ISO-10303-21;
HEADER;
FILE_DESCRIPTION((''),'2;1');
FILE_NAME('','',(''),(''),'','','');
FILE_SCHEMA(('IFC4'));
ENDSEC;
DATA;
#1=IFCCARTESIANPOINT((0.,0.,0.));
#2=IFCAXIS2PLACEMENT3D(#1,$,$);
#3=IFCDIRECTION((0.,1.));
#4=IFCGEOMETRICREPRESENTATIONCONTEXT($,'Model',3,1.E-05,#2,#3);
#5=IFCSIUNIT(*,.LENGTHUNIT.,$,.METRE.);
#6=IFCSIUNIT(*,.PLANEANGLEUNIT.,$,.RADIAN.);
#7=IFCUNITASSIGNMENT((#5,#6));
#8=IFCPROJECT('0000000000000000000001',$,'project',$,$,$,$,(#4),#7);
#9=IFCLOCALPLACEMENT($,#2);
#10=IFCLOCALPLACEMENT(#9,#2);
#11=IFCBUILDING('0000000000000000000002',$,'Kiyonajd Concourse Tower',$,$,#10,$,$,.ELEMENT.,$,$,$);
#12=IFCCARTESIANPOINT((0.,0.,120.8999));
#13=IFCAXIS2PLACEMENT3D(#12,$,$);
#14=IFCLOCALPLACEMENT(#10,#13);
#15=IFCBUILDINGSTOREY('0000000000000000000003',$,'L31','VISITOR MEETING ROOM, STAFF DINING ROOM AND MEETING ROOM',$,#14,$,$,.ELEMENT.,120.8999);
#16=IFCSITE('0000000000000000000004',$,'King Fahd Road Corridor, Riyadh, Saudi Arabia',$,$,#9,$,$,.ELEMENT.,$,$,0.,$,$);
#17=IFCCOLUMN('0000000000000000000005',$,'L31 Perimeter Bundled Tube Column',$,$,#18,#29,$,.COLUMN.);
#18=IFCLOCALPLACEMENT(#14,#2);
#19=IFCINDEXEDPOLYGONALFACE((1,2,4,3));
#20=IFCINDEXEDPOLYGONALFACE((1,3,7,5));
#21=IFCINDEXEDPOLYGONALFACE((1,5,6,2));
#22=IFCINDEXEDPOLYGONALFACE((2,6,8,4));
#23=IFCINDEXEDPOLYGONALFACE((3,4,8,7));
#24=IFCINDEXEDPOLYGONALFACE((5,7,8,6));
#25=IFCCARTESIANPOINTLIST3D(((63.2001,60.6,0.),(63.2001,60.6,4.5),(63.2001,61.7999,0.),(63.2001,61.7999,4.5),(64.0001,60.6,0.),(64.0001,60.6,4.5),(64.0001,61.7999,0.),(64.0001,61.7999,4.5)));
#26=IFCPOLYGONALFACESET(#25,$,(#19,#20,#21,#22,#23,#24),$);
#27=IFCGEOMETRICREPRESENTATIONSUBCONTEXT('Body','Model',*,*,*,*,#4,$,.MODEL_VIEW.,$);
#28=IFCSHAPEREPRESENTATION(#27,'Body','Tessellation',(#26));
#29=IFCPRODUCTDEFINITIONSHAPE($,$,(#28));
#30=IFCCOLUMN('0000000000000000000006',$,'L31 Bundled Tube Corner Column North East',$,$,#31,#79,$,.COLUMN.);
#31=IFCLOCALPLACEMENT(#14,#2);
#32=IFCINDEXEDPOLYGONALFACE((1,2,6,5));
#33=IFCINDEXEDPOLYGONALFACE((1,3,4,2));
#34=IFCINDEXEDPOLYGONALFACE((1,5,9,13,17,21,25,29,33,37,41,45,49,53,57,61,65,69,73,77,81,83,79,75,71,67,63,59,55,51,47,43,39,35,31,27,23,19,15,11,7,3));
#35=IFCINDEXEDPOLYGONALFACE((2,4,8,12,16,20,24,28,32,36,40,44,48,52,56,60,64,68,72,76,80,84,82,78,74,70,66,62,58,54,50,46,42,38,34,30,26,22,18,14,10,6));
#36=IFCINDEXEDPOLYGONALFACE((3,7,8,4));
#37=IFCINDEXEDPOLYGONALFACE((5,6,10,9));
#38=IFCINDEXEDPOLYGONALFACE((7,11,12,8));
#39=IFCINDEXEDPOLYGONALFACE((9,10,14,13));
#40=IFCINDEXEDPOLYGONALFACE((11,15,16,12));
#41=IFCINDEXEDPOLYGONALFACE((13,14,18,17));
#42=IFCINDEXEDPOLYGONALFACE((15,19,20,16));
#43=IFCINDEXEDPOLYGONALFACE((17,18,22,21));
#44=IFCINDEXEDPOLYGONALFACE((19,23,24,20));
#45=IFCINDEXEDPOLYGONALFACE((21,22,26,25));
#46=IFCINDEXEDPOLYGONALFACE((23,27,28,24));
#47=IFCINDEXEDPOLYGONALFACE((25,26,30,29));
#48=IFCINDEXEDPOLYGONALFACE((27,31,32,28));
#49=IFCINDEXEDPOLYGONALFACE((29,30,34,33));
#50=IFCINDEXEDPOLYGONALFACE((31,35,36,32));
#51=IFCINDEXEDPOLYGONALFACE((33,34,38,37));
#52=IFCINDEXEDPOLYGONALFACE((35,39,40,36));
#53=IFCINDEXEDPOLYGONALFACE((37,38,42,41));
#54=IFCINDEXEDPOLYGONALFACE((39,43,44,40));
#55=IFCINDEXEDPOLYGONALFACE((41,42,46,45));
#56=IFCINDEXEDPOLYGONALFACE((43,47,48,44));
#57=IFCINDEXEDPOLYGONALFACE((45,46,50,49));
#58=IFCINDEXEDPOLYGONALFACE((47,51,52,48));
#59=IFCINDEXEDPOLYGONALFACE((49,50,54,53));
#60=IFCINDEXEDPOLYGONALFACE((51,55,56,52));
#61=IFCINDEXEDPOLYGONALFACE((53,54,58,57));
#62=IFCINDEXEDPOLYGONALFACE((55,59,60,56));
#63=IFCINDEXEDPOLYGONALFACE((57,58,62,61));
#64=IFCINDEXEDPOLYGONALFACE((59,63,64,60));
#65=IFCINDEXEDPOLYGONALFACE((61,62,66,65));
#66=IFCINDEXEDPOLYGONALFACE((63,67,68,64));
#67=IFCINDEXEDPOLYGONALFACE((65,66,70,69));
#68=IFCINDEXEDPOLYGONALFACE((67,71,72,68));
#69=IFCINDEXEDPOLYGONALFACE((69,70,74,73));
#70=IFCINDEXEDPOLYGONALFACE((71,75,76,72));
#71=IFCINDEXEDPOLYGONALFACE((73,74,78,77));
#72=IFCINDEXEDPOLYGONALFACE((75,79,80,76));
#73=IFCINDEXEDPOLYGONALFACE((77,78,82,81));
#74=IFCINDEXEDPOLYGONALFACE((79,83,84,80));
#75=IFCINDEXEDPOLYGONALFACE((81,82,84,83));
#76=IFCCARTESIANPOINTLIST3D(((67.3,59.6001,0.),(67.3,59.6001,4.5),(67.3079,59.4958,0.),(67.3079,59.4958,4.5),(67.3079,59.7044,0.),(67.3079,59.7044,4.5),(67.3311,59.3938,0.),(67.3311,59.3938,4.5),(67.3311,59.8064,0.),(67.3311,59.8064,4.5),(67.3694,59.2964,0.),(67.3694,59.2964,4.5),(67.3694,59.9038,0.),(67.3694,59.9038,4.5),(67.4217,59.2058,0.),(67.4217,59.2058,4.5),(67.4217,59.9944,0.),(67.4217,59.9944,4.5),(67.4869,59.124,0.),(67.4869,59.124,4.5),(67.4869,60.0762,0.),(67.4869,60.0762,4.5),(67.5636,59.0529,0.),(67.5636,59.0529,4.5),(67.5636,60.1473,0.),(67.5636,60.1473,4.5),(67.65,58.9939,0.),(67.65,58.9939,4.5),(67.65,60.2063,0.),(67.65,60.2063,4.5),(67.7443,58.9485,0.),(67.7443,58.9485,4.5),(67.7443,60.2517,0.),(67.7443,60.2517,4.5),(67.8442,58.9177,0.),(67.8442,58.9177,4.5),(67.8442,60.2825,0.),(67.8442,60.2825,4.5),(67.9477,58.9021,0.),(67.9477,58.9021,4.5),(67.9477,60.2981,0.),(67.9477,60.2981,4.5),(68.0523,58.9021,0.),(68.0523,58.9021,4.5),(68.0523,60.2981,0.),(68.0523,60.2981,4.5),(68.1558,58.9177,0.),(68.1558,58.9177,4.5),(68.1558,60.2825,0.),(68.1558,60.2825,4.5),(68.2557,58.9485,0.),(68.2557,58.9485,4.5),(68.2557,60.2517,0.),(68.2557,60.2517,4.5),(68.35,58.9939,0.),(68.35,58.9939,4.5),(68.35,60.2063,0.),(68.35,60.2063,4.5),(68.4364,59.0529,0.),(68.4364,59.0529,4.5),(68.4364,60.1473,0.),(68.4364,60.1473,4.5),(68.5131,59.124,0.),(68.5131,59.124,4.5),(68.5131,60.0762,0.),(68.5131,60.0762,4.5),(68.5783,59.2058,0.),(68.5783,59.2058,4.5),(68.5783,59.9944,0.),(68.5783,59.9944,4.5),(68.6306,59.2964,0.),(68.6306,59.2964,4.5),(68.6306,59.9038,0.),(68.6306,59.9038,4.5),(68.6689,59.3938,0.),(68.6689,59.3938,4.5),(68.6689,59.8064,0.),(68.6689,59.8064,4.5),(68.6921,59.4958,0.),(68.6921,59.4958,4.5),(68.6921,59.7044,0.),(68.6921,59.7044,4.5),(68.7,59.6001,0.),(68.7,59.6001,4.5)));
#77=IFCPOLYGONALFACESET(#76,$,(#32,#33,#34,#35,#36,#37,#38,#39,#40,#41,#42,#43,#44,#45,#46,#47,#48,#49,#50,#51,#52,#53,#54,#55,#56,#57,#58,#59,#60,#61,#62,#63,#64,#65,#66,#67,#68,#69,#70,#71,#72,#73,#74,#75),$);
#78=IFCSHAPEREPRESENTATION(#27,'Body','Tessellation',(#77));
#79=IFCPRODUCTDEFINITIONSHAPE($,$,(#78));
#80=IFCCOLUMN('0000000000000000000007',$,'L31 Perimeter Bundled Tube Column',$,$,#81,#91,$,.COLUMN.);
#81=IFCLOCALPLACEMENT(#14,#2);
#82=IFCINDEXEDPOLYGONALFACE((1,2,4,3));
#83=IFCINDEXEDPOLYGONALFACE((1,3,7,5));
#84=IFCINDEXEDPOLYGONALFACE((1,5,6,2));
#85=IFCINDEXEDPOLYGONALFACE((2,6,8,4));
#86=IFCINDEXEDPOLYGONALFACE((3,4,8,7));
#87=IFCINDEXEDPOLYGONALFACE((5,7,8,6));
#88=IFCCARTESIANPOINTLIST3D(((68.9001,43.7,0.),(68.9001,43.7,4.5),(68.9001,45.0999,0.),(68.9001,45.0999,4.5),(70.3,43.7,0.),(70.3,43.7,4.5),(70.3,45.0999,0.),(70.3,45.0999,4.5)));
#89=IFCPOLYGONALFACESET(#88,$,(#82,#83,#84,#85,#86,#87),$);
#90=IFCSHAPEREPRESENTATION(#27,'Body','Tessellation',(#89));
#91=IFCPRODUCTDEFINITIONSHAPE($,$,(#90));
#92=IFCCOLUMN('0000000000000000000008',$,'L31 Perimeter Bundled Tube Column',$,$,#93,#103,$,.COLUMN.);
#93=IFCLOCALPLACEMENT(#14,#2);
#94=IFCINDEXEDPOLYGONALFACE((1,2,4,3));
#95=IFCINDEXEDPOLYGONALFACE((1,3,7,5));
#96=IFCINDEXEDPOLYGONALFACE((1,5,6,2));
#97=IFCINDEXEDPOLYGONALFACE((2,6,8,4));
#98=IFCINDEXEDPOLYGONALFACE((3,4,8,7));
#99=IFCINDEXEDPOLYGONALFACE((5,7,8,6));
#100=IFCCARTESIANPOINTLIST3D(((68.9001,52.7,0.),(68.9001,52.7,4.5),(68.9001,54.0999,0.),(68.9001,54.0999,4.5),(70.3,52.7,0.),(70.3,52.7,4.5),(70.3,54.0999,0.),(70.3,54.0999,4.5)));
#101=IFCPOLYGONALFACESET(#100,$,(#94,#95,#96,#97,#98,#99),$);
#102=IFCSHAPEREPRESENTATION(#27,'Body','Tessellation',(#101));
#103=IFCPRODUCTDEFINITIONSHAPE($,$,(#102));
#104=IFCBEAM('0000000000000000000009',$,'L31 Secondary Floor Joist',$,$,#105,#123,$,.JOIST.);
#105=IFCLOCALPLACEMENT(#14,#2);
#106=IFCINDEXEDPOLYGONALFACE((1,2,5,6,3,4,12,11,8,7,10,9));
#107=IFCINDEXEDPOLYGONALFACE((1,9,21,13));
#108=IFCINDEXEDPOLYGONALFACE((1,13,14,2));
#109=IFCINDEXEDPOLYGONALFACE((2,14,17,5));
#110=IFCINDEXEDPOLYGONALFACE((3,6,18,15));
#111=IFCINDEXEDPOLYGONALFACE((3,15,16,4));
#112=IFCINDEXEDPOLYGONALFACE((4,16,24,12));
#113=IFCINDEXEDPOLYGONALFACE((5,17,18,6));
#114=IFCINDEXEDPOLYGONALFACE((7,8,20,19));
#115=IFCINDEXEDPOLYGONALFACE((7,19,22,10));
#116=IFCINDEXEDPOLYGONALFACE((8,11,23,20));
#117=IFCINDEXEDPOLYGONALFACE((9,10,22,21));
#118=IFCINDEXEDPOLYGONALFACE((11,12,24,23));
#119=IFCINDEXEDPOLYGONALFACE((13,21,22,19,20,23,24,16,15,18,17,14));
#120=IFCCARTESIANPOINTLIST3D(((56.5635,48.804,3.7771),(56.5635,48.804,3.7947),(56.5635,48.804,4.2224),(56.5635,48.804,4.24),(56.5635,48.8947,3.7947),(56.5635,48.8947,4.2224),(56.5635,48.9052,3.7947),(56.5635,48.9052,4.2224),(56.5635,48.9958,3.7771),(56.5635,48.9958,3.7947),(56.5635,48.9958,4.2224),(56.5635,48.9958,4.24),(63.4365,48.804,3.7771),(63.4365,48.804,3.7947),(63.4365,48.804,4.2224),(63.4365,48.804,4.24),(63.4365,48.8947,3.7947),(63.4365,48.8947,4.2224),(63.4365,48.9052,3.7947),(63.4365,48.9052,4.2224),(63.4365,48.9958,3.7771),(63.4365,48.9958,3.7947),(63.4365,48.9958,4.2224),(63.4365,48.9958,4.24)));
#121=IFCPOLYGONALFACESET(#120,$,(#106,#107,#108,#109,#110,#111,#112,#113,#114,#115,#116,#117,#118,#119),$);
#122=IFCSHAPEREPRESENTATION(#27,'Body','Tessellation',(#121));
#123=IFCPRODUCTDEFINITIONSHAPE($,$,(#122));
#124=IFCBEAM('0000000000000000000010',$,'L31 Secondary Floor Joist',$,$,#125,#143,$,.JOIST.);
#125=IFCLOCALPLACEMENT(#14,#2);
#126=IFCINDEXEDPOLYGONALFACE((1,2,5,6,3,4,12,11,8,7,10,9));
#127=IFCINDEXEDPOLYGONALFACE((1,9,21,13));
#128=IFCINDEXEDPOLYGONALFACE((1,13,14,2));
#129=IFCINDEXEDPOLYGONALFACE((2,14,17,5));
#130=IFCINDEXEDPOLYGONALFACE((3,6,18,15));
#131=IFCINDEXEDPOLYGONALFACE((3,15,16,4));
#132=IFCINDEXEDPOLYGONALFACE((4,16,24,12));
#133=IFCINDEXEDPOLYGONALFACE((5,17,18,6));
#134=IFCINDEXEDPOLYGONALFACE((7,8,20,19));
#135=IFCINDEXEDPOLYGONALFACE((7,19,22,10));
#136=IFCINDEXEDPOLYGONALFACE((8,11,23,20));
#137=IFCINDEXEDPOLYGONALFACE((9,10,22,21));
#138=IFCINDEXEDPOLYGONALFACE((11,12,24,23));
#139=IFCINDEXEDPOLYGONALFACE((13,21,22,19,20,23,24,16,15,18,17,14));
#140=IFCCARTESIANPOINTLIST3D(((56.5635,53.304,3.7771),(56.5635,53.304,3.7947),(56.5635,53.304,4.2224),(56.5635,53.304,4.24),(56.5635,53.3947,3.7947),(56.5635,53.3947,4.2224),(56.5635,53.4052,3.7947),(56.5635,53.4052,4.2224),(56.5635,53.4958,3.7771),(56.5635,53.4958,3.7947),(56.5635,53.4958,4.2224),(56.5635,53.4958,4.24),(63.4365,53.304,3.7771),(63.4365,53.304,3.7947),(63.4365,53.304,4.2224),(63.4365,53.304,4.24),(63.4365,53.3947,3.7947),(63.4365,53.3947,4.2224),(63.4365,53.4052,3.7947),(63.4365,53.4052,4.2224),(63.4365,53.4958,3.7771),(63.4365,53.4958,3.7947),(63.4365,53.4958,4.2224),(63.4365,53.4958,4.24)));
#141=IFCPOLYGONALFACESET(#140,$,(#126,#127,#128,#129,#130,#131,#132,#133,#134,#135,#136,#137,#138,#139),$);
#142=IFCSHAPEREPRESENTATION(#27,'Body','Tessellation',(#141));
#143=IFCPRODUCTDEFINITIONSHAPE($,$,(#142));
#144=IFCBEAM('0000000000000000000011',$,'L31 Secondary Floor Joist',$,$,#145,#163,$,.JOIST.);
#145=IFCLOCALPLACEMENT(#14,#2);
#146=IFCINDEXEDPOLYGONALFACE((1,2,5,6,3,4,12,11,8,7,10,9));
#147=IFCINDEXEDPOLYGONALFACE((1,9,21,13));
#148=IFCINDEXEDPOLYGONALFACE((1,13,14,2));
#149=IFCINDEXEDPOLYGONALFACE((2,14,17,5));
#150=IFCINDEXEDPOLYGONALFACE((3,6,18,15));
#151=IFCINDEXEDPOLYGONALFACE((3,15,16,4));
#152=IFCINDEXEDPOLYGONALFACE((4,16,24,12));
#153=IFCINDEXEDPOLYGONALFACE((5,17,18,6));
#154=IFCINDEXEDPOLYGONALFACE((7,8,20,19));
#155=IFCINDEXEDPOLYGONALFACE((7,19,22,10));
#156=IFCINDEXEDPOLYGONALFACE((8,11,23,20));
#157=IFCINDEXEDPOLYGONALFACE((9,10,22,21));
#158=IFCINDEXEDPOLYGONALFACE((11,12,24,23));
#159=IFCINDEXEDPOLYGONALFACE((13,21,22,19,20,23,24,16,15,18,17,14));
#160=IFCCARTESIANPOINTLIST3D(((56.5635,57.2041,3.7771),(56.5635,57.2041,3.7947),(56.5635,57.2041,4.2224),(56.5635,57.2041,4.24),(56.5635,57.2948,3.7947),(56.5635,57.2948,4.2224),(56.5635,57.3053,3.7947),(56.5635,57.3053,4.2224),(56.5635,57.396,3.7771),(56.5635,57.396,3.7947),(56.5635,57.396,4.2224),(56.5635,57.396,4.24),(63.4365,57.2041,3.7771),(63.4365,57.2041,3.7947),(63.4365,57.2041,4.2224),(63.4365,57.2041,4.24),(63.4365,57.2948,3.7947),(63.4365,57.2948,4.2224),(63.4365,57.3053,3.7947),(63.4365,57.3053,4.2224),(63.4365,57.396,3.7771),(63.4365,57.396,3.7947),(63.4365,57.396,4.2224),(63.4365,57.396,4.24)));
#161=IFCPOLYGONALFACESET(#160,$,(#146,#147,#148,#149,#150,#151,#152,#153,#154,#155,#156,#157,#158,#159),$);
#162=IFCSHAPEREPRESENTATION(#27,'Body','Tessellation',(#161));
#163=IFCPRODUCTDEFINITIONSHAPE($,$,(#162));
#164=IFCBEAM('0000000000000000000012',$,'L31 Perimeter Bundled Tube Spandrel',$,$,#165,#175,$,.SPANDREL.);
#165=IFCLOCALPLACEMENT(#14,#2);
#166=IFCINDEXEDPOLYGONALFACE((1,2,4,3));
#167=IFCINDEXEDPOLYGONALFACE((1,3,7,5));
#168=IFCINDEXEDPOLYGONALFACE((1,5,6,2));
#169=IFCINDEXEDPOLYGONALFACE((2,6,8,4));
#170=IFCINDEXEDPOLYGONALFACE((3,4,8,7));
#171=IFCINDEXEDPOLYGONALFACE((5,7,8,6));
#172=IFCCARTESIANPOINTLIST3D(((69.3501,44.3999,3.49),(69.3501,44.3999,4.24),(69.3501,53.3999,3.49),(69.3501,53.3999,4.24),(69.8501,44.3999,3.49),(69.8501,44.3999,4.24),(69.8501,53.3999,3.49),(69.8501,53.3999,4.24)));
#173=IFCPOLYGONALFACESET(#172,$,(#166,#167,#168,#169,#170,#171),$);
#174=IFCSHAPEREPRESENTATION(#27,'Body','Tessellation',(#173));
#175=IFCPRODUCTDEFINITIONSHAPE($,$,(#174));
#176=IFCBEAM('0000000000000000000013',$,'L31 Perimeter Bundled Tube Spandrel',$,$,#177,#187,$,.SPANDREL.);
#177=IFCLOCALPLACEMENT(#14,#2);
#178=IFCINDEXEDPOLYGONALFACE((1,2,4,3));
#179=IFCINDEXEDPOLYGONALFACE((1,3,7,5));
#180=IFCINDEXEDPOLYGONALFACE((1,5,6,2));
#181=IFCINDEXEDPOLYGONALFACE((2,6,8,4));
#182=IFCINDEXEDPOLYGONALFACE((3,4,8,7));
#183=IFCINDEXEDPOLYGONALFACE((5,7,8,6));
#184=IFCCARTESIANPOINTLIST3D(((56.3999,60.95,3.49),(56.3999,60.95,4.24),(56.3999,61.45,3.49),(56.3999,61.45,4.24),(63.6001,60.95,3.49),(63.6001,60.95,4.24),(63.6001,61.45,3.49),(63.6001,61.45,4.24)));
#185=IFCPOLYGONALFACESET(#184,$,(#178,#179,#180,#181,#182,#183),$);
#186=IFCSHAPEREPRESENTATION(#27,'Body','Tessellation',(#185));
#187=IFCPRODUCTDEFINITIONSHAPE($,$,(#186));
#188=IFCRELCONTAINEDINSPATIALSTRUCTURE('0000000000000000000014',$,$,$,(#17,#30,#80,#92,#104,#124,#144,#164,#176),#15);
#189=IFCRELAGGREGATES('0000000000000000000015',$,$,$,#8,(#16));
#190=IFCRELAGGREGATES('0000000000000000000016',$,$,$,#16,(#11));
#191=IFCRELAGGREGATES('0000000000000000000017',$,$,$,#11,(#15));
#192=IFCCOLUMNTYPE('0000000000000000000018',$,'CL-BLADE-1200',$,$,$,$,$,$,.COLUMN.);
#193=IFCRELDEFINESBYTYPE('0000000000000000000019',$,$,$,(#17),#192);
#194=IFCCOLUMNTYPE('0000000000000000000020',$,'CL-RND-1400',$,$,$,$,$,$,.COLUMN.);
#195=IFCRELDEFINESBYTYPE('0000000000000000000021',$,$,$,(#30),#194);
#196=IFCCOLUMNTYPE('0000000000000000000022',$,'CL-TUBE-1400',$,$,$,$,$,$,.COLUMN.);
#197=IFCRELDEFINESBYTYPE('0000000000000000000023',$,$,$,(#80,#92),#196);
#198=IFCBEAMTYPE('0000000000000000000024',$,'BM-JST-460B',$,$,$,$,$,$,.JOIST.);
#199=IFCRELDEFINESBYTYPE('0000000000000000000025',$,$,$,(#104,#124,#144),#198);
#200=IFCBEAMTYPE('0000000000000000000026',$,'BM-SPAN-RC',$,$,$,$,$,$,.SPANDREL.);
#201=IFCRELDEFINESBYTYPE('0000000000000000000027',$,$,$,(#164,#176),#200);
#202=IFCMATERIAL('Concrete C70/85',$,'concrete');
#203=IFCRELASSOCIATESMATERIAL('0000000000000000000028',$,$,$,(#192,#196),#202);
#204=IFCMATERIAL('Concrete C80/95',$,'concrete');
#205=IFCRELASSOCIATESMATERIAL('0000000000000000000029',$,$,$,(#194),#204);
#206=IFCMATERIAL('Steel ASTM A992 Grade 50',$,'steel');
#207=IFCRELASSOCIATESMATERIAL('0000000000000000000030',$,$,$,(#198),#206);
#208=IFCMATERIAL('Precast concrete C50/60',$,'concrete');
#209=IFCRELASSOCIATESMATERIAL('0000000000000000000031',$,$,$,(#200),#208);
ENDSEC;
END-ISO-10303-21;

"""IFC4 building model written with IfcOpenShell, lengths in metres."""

from ifc_helpers import new_model, si_unit, direction, frame, origin, origin_2d, place, context, subcontext, project, spatial, rectangle, circle, i_section, extrude, material, material_profile, profile_set, type_object, element, save


model = new_model("IFC4")

# Units and contexts
model_context = context("Model", 3, precision=1e-05, world=origin(), true_north=direction((0.0, 1.0)))
body_context = subcontext(model_context, "Body", "Model", "MODEL_VIEW")
ifc_project = project(units=[si_unit("LENGTHUNIT", "METRE"), si_unit("PLANEANGLEUNIT", "RADIAN")], contexts=[model_context])

# Site, building, storey
site_placement = place(None, origin())
site = spatial("IfcSite", under=ifc_project, at=site_placement, Name="King Fahd Road Corridor, Riyadh, Saudi Arabia", CompositionType="ELEMENT", RefElevation=0.0)
building_placement = place(site_placement, origin())
building = spatial("IfcBuilding", under=site, at=building_placement, Name="Kiyonajd Concourse Tower", CompositionType="ELEMENT")
storey_placement = place(building_placement, frame((0.0, 0.0, 120.8999)))
storey = spatial("IfcBuildingStorey", under=building, at=storey_placement, Name="L31", Description="VISITOR MEETING ROOM, STAFF DINING ROOM AND MEETING ROOM", CompositionType="ELEMENT", Elevation=120.8999)

# Columns
ifc_material_1 = material(Name="Concrete C70/85", Category="concrete")
ifc_material_profile_1 = material_profile(ifc_material_1, rectangle(XDim=0.8, YDim=1.2, at=origin_2d()), Name="RC-1200x800")
ifc_profile_set_1 = profile_set([ifc_material_profile_1], Name="Concrete C70/85")
column_type_1 = type_object("IfcColumnType", Name="CL-BLADE-1200", PredefinedType="COLUMN", material=ifc_profile_set_1)
column_1_placement = place(storey_placement, frame((63.6001, 61.2, 0.0), z_axis=(0.0, 0.0, 1.0), x_axis=(1.0, 0.0, 0.0)))
element("IfcColumn", 1, at=column_1_placement, inside=storey, type_object=column_type_1, Name="L31 Perimeter Bundled Tube Column", PredefinedType="COLUMN", context=body_context, shape_type="SweptSolid", body=[
    extrude(rectangle(XDim=0.8, YDim=1.2, at=origin_2d()), origin(), (0.0, 0.0, 1.0), 4.5),
])
ifc_material_2 = material(Name="Concrete C80/95", Category="concrete")
ifc_material_profile_2 = material_profile(ifc_material_2, circle(Radius=0.7, at=origin_2d()), Name="RCC-D1400")
ifc_profile_set_2 = profile_set([ifc_material_profile_2], Name="Concrete C80/95")
column_type_2 = type_object("IfcColumnType", Name="CL-RND-1400", PredefinedType="COLUMN", material=ifc_profile_set_2)
column_2_placement = place(storey_placement, frame((68.0, 59.6001, 0.0), z_axis=(0.0, 0.0, 1.0), x_axis=(1.0, 0.0, 0.0)))
element("IfcColumn", 2, at=column_2_placement, inside=storey, type_object=column_type_2, Name="L31 Bundled Tube Corner Column North East", PredefinedType="COLUMN", context=body_context, shape_type="SweptSolid", body=[
    extrude(circle(Radius=0.7, at=origin_2d()), origin(), (0.0, 0.0, 1.0), 4.5),
])
ifc_material_profile_3 = material_profile(ifc_material_1, rectangle(XDim=1.3999, YDim=1.3999, at=origin_2d()), Name="RC-1400x1400")
ifc_profile_set_3 = profile_set([ifc_material_profile_3], Name="Concrete C70/85")
column_type_3 = type_object("IfcColumnType", Name="CL-TUBE-1400", PredefinedType="COLUMN", material=ifc_profile_set_3)
for number, where, z_axis, x_axis, name in (
    (3, (69.6001, 44.3999, 0.0), (0.0, 0.0, 1.0), (1.0, 0.0, 0.0), "L31 Perimeter Bundled Tube Column"),
    (4, (69.6001, 53.3999, 0.0), (0.0, 0.0, 1.0), (1.0, 0.0, 0.0), "L31 Perimeter Bundled Tube Column"),
):
    element("IfcColumn", number, at=place(storey_placement, frame(where, z_axis=z_axis, x_axis=x_axis)), inside=storey, type_object=column_type_3, Name=name, PredefinedType="COLUMN", context=body_context, shape_type="SweptSolid", body=[
        extrude(rectangle(XDim=1.3999, YDim=1.3999, at=origin_2d()), origin(), (0.0, 0.0, 1.0), 4.5),
    ])

# Beams
ifc_material_3 = material(Name="Steel ASTM A992 Grade 50", Category="steel")
ifc_material_profile_4 = material_profile(ifc_material_3, i_section(OverallWidth=0.1919, OverallDepth=0.4629, WebThickness=0.0105, FlangeThickness=0.0176, at=origin_2d()), Name="W460X89")
ifc_profile_set_4 = profile_set([ifc_material_profile_4], Name="Steel ASTM A992 Grade 50")
beam_type_1 = type_object("IfcBeamType", Name="BM-JST-460B", PredefinedType="JOIST", material=ifc_profile_set_4)
for number, where, z_axis, x_axis, name in (
    (5, (56.5635, 48.8999, 4.0085), (1.0, 0.0, 0.0), (0.0, 1.0, 0.0), "L31 Secondary Floor Joist"),
    (6, (56.5635, 53.3999, 4.0085), (1.0, 0.0, 0.0), (0.0, 1.0, 0.0), "L31 Secondary Floor Joist"),
    (7, (56.5635, 57.3, 4.0085), (1.0, 0.0, 0.0), (0.0, 1.0, 0.0), "L31 Secondary Floor Joist"),
):
    element("IfcBeam", number, at=place(storey_placement, frame(where, z_axis=z_axis, x_axis=x_axis)), inside=storey, type_object=beam_type_1, Name=name, PredefinedType="JOIST", context=body_context, shape_type="SweptSolid", body=[
        extrude(i_section(OverallWidth=0.1919, OverallDepth=0.4629, WebThickness=0.0105, FlangeThickness=0.0176, at=origin_2d()), origin(), (0.0, 0.0, 1.0), 6.873),
    ])
ifc_material_4 = material(Name="Precast concrete C50/60", Category="concrete")
ifc_material_profile_5 = material_profile(ifc_material_4, rectangle(XDim=0.5, YDim=0.75, at=origin_2d()), Name="RCBM-500x750")
ifc_profile_set_5 = profile_set([ifc_material_profile_5], Name="Precast concrete C50/60")
beam_type_2 = type_object("IfcBeamType", Name="BM-SPAN-RC", PredefinedType="SPANDREL", material=ifc_profile_set_5)
beam_1_placement = place(storey_placement, frame((69.6001, 44.3999, 3.865), z_axis=(0.0, 1.0, 0.0), x_axis=(-1.0, 0.0, 0.0)))
element("IfcBeam", 8, at=beam_1_placement, inside=storey, type_object=beam_type_2, Name="L31 Perimeter Bundled Tube Spandrel", PredefinedType="SPANDREL", context=body_context, shape_type="SweptSolid", body=[
    extrude(rectangle(XDim=0.5, YDim=0.75, at=origin_2d()), origin(), (0.0, 0.0, 1.0), 9.0),
])
beam_2_placement = place(storey_placement, frame((63.6001, 61.2, 3.865), z_axis=(-1.0, 0.0, 0.0), x_axis=(0.0, -1.0, 0.0)))
element("IfcBeam", 9, at=beam_2_placement, inside=storey, type_object=beam_type_2, Name="L31 Perimeter Bundled Tube Spandrel", PredefinedType="SPANDREL", context=body_context, shape_type="SweptSolid", body=[
    extrude(rectangle(XDim=0.5, YDim=0.75, at=origin_2d()), origin(), (0.0, 0.0, 1.0), 7.2002),
])

save(model, "model.ifc")
